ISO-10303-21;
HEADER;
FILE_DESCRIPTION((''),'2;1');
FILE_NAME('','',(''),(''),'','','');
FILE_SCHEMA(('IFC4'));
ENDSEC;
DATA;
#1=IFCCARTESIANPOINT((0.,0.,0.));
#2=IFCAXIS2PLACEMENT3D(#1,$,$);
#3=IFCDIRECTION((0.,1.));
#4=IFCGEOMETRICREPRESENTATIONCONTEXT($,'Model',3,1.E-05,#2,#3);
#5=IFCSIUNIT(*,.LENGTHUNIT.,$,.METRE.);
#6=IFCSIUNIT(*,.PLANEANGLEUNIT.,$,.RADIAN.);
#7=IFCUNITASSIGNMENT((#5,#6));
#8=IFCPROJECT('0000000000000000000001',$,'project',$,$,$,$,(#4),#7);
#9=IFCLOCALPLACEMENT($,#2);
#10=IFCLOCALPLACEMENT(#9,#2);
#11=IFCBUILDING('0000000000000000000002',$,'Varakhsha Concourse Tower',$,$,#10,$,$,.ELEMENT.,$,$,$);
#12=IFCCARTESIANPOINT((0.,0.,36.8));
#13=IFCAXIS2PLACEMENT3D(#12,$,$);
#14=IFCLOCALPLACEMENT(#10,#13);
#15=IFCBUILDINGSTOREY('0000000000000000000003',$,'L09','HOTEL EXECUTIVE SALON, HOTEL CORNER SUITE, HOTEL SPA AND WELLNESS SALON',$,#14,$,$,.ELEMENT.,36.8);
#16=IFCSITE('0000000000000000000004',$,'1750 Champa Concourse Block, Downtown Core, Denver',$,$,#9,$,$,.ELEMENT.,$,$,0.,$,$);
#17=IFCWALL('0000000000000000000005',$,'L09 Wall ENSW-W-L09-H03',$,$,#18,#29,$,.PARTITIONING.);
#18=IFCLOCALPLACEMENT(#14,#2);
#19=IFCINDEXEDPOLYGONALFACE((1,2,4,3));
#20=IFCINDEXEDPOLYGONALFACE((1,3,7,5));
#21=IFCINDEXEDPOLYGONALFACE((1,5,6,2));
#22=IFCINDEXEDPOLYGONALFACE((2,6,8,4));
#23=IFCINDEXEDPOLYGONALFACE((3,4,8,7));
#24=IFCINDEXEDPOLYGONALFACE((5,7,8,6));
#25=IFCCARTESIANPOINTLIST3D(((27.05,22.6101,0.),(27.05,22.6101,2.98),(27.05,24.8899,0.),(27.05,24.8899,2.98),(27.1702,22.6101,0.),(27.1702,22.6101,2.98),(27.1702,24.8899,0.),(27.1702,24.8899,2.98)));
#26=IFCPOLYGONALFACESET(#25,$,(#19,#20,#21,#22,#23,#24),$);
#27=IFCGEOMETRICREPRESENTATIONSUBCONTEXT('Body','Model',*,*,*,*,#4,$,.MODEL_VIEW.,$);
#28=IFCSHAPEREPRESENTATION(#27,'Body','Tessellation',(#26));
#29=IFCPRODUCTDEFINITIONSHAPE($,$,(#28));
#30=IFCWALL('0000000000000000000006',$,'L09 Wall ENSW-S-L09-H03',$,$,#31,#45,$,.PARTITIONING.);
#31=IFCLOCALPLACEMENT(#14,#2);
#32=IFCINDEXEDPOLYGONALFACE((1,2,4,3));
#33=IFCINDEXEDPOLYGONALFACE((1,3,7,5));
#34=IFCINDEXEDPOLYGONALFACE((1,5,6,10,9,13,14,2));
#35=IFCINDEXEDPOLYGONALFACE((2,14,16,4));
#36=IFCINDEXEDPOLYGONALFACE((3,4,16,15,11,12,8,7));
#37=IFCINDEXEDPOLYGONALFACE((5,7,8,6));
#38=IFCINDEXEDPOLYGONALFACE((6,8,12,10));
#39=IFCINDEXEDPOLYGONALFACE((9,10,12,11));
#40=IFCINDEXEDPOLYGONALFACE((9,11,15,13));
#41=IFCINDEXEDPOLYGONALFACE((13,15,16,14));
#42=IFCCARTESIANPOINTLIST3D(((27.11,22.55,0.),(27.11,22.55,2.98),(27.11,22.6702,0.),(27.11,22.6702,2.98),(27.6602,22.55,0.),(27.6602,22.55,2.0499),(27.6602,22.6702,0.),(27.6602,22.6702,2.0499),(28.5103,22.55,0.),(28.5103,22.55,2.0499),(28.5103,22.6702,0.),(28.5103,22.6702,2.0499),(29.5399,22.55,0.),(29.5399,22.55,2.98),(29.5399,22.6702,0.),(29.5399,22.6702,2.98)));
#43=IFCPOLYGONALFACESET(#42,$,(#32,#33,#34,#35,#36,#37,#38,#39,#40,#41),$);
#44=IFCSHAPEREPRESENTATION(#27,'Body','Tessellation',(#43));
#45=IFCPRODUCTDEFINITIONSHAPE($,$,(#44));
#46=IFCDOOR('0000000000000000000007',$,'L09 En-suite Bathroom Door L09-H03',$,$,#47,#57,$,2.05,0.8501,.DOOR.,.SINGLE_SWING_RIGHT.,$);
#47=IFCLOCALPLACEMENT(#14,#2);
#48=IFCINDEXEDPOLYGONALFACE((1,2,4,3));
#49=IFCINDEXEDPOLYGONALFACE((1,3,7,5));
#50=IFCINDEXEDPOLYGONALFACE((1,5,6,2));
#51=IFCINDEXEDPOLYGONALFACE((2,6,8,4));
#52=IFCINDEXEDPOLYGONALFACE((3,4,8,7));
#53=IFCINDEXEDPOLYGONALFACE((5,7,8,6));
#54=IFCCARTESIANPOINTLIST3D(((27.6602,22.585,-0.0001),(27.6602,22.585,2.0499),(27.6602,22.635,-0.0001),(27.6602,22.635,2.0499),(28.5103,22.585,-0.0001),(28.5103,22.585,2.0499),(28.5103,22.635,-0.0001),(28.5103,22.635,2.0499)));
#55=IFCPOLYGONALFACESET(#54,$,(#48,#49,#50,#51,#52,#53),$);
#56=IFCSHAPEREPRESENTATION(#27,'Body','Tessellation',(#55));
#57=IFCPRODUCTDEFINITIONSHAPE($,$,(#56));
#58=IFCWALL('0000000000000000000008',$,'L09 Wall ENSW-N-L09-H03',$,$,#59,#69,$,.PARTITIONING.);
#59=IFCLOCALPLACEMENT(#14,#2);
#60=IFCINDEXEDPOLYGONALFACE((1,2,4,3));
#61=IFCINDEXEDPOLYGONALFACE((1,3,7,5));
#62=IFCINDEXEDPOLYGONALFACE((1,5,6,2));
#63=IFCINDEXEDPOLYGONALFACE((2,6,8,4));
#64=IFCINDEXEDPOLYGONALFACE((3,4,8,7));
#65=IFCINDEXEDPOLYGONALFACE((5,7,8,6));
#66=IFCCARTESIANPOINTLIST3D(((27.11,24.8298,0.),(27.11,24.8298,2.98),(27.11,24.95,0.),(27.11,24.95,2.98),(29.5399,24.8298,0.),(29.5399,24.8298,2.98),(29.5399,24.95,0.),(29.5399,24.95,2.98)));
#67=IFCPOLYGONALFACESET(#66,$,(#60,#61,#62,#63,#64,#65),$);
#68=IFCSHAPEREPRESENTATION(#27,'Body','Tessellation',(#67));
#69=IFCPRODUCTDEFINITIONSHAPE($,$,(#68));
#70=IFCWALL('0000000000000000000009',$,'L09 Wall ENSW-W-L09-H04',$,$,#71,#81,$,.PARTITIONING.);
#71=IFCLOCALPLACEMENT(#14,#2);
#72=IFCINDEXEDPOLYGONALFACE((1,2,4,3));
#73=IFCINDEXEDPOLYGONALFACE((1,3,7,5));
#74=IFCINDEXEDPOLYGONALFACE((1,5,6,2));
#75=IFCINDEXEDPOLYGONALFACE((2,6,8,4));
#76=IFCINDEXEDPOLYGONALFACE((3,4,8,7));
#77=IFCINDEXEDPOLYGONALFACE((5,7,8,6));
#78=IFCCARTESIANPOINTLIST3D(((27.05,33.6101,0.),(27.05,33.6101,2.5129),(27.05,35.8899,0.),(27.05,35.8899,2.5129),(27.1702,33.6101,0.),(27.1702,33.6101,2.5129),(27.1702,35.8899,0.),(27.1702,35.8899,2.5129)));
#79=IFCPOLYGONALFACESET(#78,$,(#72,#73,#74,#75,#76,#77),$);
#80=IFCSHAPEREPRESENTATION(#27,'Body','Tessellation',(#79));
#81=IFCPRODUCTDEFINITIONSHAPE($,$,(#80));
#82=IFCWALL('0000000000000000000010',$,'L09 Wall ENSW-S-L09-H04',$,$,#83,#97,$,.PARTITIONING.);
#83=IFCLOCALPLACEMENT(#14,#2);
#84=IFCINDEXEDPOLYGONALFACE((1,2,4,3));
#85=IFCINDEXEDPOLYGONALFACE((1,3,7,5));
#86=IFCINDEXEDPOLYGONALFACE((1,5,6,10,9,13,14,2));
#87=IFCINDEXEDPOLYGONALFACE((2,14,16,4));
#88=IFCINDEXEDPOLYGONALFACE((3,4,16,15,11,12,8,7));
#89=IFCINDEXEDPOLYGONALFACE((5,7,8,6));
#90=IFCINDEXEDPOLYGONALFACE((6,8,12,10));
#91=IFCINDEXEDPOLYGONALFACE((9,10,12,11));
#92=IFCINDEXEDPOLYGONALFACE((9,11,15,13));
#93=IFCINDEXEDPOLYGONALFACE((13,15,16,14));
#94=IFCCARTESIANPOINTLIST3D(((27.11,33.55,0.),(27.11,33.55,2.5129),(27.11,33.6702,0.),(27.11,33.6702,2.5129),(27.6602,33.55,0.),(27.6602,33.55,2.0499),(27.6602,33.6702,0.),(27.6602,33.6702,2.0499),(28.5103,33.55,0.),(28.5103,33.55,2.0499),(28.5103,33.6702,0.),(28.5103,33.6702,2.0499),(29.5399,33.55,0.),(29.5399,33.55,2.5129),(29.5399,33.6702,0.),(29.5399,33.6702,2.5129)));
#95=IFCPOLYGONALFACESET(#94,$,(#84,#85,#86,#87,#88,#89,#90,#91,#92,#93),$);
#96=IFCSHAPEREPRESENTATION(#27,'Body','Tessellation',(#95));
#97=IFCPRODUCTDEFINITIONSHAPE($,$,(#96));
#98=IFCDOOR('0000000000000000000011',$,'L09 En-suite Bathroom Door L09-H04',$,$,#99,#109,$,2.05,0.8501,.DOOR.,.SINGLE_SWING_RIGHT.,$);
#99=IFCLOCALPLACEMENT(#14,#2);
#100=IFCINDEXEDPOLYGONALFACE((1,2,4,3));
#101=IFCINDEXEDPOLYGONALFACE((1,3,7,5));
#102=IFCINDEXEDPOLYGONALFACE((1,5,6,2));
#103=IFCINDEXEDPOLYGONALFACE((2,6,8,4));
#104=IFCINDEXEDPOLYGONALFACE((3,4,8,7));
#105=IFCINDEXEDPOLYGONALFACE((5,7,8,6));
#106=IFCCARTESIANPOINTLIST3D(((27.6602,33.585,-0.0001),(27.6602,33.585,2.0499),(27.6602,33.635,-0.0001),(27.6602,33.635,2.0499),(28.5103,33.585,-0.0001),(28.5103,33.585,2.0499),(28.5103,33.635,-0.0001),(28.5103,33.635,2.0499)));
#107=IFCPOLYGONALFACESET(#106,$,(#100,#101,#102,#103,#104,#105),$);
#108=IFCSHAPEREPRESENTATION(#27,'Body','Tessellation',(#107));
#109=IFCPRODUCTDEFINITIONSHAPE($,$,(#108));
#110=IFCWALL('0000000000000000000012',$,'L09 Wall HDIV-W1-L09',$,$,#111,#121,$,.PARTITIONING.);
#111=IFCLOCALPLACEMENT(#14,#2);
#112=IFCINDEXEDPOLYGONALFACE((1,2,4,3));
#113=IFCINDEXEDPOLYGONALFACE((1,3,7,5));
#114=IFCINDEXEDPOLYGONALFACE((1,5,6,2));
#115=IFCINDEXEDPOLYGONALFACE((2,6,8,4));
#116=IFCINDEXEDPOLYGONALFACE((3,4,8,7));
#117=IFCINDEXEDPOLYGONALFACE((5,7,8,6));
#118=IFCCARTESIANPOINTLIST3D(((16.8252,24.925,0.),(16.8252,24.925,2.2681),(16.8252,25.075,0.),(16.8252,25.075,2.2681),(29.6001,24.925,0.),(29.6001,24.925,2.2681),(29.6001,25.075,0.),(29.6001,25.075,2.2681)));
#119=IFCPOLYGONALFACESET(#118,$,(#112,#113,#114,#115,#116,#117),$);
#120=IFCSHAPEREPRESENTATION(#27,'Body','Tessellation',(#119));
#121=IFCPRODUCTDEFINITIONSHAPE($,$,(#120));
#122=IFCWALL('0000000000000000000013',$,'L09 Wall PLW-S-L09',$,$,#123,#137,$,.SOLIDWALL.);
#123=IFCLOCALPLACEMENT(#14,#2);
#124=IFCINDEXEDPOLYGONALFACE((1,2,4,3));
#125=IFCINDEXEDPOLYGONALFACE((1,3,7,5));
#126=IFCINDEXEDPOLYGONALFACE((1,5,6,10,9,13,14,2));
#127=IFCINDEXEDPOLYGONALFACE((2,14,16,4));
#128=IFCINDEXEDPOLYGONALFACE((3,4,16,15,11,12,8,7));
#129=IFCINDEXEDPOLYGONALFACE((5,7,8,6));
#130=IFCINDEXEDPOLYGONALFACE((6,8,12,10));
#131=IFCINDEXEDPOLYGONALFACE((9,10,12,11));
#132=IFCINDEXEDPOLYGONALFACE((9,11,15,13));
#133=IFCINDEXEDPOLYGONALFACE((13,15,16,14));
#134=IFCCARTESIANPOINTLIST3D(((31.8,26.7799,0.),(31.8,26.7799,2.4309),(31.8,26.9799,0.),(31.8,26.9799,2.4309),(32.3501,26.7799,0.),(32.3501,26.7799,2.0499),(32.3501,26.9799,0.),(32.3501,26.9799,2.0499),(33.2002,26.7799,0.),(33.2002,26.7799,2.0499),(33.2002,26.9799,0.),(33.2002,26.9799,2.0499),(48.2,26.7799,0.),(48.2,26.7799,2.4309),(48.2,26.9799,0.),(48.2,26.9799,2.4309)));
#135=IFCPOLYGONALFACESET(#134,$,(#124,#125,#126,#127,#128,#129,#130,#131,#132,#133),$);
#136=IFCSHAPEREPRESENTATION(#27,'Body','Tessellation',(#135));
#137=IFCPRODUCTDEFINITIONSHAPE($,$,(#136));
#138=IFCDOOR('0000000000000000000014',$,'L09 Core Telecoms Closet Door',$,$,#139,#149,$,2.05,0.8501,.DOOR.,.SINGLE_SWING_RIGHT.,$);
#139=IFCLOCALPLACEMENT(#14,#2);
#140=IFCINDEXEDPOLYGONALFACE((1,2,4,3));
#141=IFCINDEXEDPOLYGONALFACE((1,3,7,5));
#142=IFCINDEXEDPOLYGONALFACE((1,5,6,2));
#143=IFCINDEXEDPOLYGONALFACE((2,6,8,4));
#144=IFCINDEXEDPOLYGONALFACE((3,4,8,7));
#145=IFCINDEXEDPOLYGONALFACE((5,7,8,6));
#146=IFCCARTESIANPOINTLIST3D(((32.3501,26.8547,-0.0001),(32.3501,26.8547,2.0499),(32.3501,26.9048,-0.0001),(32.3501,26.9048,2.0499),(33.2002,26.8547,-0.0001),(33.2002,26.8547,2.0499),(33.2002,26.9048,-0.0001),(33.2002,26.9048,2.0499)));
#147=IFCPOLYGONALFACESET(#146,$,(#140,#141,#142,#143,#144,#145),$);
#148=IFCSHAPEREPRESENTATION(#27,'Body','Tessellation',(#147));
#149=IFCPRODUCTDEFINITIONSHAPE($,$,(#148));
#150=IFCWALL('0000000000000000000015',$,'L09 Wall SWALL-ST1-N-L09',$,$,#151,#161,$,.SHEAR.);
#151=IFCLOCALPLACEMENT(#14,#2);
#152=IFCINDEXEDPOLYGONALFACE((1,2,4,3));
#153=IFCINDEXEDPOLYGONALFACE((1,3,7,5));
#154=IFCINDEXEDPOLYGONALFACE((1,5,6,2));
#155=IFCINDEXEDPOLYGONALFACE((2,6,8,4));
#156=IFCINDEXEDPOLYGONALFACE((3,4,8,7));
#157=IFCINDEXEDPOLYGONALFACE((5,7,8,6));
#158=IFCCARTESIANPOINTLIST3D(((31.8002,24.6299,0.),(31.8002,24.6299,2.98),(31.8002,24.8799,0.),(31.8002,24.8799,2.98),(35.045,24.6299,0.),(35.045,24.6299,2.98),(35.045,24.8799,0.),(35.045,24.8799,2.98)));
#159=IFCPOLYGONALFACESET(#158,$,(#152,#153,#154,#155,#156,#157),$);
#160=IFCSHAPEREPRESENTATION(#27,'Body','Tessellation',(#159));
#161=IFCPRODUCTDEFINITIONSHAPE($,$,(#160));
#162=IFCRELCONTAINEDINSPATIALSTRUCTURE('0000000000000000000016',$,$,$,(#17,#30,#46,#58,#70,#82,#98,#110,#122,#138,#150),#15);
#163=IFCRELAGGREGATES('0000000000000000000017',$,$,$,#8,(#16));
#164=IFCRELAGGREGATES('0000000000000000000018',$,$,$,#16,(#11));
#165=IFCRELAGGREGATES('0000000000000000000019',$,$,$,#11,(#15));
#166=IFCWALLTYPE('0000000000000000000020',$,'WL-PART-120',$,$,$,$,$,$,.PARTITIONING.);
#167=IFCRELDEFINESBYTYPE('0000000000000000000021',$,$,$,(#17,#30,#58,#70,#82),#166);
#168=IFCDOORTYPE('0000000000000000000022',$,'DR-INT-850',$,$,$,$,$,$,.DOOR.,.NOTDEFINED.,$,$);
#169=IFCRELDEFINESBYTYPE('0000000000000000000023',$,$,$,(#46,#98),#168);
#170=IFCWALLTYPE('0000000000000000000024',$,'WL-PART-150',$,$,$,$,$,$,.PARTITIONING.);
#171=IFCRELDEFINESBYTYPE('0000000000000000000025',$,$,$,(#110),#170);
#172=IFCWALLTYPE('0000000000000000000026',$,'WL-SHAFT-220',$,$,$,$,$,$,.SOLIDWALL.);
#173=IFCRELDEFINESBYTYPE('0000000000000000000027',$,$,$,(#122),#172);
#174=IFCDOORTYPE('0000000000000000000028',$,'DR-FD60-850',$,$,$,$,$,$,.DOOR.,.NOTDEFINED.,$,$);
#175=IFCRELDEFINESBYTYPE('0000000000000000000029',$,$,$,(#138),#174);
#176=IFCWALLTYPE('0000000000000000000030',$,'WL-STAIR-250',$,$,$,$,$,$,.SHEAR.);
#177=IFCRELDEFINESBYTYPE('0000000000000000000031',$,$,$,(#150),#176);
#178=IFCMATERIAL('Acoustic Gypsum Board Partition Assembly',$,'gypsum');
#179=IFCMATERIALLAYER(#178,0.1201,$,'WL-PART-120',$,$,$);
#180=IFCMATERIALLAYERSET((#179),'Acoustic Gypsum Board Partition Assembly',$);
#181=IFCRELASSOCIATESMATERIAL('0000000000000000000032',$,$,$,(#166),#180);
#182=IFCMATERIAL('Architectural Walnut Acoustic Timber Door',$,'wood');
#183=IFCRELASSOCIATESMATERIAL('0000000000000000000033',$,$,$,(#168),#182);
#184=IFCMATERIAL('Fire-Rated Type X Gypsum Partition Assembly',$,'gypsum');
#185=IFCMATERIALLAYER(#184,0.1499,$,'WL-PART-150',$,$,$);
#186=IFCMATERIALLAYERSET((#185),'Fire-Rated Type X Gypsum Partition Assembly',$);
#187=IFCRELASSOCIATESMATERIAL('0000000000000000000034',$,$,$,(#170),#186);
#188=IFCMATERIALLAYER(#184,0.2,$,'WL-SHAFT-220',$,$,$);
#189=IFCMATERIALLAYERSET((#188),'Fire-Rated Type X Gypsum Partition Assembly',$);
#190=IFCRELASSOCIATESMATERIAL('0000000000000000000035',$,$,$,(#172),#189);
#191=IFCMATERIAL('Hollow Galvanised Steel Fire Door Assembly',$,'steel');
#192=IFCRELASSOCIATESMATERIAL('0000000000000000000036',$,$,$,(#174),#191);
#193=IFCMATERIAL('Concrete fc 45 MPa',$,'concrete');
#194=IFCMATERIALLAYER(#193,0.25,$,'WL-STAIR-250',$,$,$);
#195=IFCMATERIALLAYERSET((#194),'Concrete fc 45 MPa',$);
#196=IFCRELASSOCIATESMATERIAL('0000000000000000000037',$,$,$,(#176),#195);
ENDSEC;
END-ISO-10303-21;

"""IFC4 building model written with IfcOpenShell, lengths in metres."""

from ifc_helpers import new_model, si_unit, direction, frame, frame_2d, origin, place, context, subcontext, project, spatial, rectangle, extrude, material, layer, layer_set, type_object, element, fill, save


model = new_model("IFC4")

# Units and contexts
model_context = context("Model", 3, precision=1e-05, world=origin(), true_north=direction((0.0, 1.0)))
body_context = subcontext(model_context, "Body", "Model", "MODEL_VIEW")
ifc_project = project(units=[si_unit("LENGTHUNIT", "METRE"), si_unit("PLANEANGLEUNIT", "RADIAN")], contexts=[model_context])

# Site, building, storey
site_placement = place(None, origin())
site = spatial("IfcSite", under=ifc_project, at=site_placement, Name="1750 Champa Concourse Block, Downtown Core, Denver", CompositionType="ELEMENT", RefElevation=0.0)
building_placement = place(site_placement, origin())
building = spatial("IfcBuilding", under=site, at=building_placement, Name="Varakhsha Concourse Tower", CompositionType="ELEMENT")
storey_placement = place(building_placement, frame((0.0, 0.0, 36.8)))
storey = spatial("IfcBuildingStorey", under=building, at=storey_placement, Name="L09", Description="HOTEL EXECUTIVE SALON, HOTEL CORNER SUITE, HOTEL SPA AND WELLNESS SALON", CompositionType="ELEMENT", Elevation=36.8)

# Wall
ifc_material_1 = material(Name="Acoustic Gypsum Board Partition Assembly", Category="gypsum")
ifc_layer_1 = layer(ifc_material_1, 0.1201, Name="WL-PART-120")
ifc_layer_set_1 = layer_set([ifc_layer_1], Name="Acoustic Gypsum Board Partition Assembly")
wall_type_1 = type_object("IfcWallType", Name="WL-PART-120", PredefinedType="PARTITIONING", material=ifc_layer_set_1)
wall_1_placement = place(storey_placement, frame((27.1101, 22.6101, 0.0), z_axis=(0.0, 0.0, 1.0), x_axis=(0.0, 1.0, 0.0)))
element("IfcWall", 1, at=wall_1_placement, inside=storey, type_object=wall_type_1, Name="L09 Wall ENSW-W-L09-H03", PredefinedType="PARTITIONING", context=body_context, shape_type="SweptSolid", body=[
    extrude(rectangle(XDim=2.2798, YDim=0.1201, at=frame_2d((1.1399, 0.0))), origin(), (0.0, 0.0, 1.0), 2.98),
])

# Wall, opening, door
wall_2_placement = place(storey_placement, frame((27.1101, 22.6101, 0.0), z_axis=(0.0, 0.0, 1.0), x_axis=(1.0, 0.0, 0.0)))
wall_2 = element("IfcWall", 2, at=wall_2_placement, inside=storey, type_object=wall_type_1, Name="L09 Wall ENSW-S-L09-H03", PredefinedType="PARTITIONING", context=body_context, shape_type="SweptSolid", body=[
    extrude(rectangle(XDim=2.4299, YDim=0.1201, at=frame_2d((1.2148, 0.0))), origin(), (0.0, 0.0, 1.0), 2.98),
])
opening_1_placement = place(wall_2_placement, frame((0.55, 0.0, 0.0)))
opening_1 = element("IfcOpeningElement", 3, at=opening_1_placement, cuts=wall_2, PredefinedType="OPENING", context=body_context, shape_type="SweptSolid", body=[
    extrude(rectangle(XDim=0.8501, YDim=2.05, at=frame_2d((0.425, 1.0249))), frame((0.0, 0.0701, 0.0), z_axis=(0.0, -1.0, 0.0), x_axis=(1.0, 0.0, 0.0)), (0.0, 0.0, 1.0), 0.1401),
])
ifc_material_2 = material(Name="Architectural Walnut Acoustic Timber Door", Category="wood")
door_type_1 = type_object("IfcDoorType", Name="DR-INT-850", OperationType="NOTDEFINED", PredefinedType="DOOR", material=ifc_material_2)
door_1_placement = place(opening_1_placement, origin())
door_1 = element("IfcDoor", 4, at=door_1_placement, inside=storey, type_object=door_type_1, Name="L09 En-suite Bathroom Door L09-H03", OperationType="SINGLE_SWING_RIGHT", OverallHeight=2.05, OverallWidth=0.8501, PredefinedType="DOOR", context=body_context, shape_type="SweptSolid", body=[
    extrude(rectangle(XDim=0.8501, YDim=2.05, at=frame_2d((0.425, 1.0249))), frame((0.0, 0.0249, 0.0), z_axis=(0.0, -1.0, 0.0), x_axis=(1.0, 0.0, 0.0)), (0.0, 0.0, 1.0), 0.05),
])
fill(opening_1, door_1)

# Walls
wall_3_placement = place(storey_placement, frame((27.1101, 24.8899, 0.0), z_axis=(0.0, 0.0, 1.0), x_axis=(1.0, 0.0, 0.0)))
element("IfcWall", 5, at=wall_3_placement, inside=storey, type_object=wall_type_1, Name="L09 Wall ENSW-N-L09-H03", PredefinedType="PARTITIONING", context=body_context, shape_type="SweptSolid", body=[
    extrude(rectangle(XDim=2.4299, YDim=0.1201, at=frame_2d((1.2148, 0.0))), origin(), (0.0, 0.0, 1.0), 2.98),
])
wall_4_placement = place(storey_placement, frame((27.1101, 33.6101, 0.0), z_axis=(0.0, 0.0, 1.0), x_axis=(0.0, 1.0, 0.0)))
element("IfcWall", 6, at=wall_4_placement, inside=storey, type_object=wall_type_1, Name="L09 Wall ENSW-W-L09-H04", PredefinedType="PARTITIONING", context=body_context, shape_type="SweptSolid", body=[
    extrude(rectangle(XDim=2.2798, YDim=0.1201, at=frame_2d((1.1399, 0.0))), origin(), (0.0, 0.0, 1.0), 2.5129),
])

# Wall, opening, door
wall_5_placement = place(storey_placement, frame((27.1101, 33.6101, 0.0), z_axis=(0.0, 0.0, 1.0), x_axis=(1.0, 0.0, 0.0)))
wall_5 = element("IfcWall", 7, at=wall_5_placement, inside=storey, type_object=wall_type_1, Name="L09 Wall ENSW-S-L09-H04", PredefinedType="PARTITIONING", context=body_context, shape_type="SweptSolid", body=[
    extrude(rectangle(XDim=2.4299, YDim=0.1201, at=frame_2d((1.2148, 0.0))), origin(), (0.0, 0.0, 1.0), 2.5129),
])
opening_2_placement = place(wall_5_placement, frame((0.55, 0.0, 0.0)))
opening_2 = element("IfcOpeningElement", 8, at=opening_2_placement, cuts=wall_5, PredefinedType="OPENING", context=body_context, shape_type="SweptSolid", body=[
    extrude(rectangle(XDim=0.8501, YDim=2.05, at=frame_2d((0.425, 1.0249))), frame((0.0, 0.0701, 0.0), z_axis=(0.0, -1.0, 0.0), x_axis=(1.0, 0.0, 0.0)), (0.0, 0.0, 1.0), 0.1401),
])
door_2_placement = place(opening_2_placement, origin())
door_2 = element("IfcDoor", 9, at=door_2_placement, inside=storey, type_object=door_type_1, Name="L09 En-suite Bathroom Door L09-H04", OperationType="SINGLE_SWING_RIGHT", OverallHeight=2.05, OverallWidth=0.8501, PredefinedType="DOOR", context=body_context, shape_type="SweptSolid", body=[
    extrude(rectangle(XDim=0.8501, YDim=2.05, at=frame_2d((0.425, 1.0249))), frame((0.0, 0.0249, 0.0), z_axis=(0.0, -1.0, 0.0), x_axis=(1.0, 0.0, 0.0)), (0.0, 0.0, 1.0), 0.05),
])
fill(opening_2, door_2)

# Wall
ifc_material_3 = material(Name="Fire-Rated Type X Gypsum Partition Assembly", Category="gypsum")
ifc_layer_2 = layer(ifc_material_3, 0.1499, Name="WL-PART-150")
ifc_layer_set_2 = layer_set([ifc_layer_2], Name="Fire-Rated Type X Gypsum Partition Assembly")
wall_type_2 = type_object("IfcWallType", Name="WL-PART-150", PredefinedType="PARTITIONING", material=ifc_layer_set_2)
wall_6_placement = place(storey_placement, frame((16.8252, 25.0, 0.0), z_axis=(0.0, 0.0, 1.0), x_axis=(1.0, 0.0, 0.0)))
element("IfcWall", 10, at=wall_6_placement, inside=storey, type_object=wall_type_2, Name="L09 Wall HDIV-W1-L09", PredefinedType="PARTITIONING", context=body_context, shape_type="SweptSolid", body=[
    extrude(rectangle(XDim=12.7749, YDim=0.1499, at=frame_2d((6.3875, 0.0))), origin(), (0.0, 0.0, 1.0), 2.2681),
])

# Wall, opening, door
ifc_layer_3 = layer(ifc_material_3, 0.2, Name="WL-SHAFT-220")
ifc_layer_set_3 = layer_set([ifc_layer_3], Name="Fire-Rated Type X Gypsum Partition Assembly")
wall_type_3 = type_object("IfcWallType", Name="WL-SHAFT-220", PredefinedType="SOLIDWALL", material=ifc_layer_set_3)
wall_7_placement = place(storey_placement, frame((31.8, 26.8799, 0.0), z_axis=(0.0, 0.0, 1.0), x_axis=(1.0, 0.0, 0.0)))
wall_7 = element("IfcWall", 11, at=wall_7_placement, inside=storey, type_object=wall_type_3, Name="L09 Wall PLW-S-L09", PredefinedType="SOLIDWALL", context=body_context, shape_type="SweptSolid", body=[
    extrude(rectangle(XDim=16.3999, YDim=0.2, at=frame_2d((8.2, 0.0))), origin(), (0.0, 0.0, 1.0), 2.4309),
])
opening_3_placement = place(wall_7_placement, frame((0.55, 0.0, 0.0)))
opening_3 = element("IfcOpeningElement", 12, at=opening_3_placement, cuts=wall_7, PredefinedType="OPENING", context=body_context, shape_type="SweptSolid", body=[
    extrude(rectangle(XDim=0.8501, YDim=2.05, at=frame_2d((0.425, 1.0249))), frame((0.0, 0.1099, 0.0), z_axis=(0.0, -1.0, 0.0), x_axis=(1.0, 0.0, 0.0)), (0.0, 0.0, 1.0), 0.22),
])
ifc_material_4 = material(Name="Hollow Galvanised Steel Fire Door Assembly", Category="steel")
door_type_2 = type_object("IfcDoorType", Name="DR-FD60-850", OperationType="NOTDEFINED", PredefinedType="DOOR", material=ifc_material_4)
door_3_placement = place(opening_3_placement, origin())
door_3 = element("IfcDoor", 13, at=door_3_placement, inside=storey, type_object=door_type_2, Name="L09 Core Telecoms Closet Door", OperationType="SINGLE_SWING_RIGHT", OverallHeight=2.05, OverallWidth=0.8501, PredefinedType="DOOR", context=body_context, shape_type="SweptSolid", body=[
    extrude(rectangle(XDim=0.8501, YDim=2.05, at=frame_2d((0.425, 1.0249))), frame((0.0, 0.0249, 0.0), z_axis=(0.0, -1.0, 0.0), x_axis=(1.0, 0.0, 0.0)), (0.0, 0.0, 1.0), 0.05),
])
fill(opening_3, door_3)

# Wall
ifc_material_5 = material(Name="Concrete fc 45 MPa", Category="concrete")
ifc_layer_4 = layer(ifc_material_5, 0.25, Name="WL-STAIR-250")
ifc_layer_set_4 = layer_set([ifc_layer_4], Name="Concrete fc 45 MPa")
wall_type_4 = type_object("IfcWallType", Name="WL-STAIR-250", PredefinedType="SHEAR", material=ifc_layer_set_4)
wall_8_placement = place(storey_placement, frame((31.8, 24.7549, 0.0), z_axis=(0.0, 0.0, 1.0), x_axis=(1.0, 0.0, 0.0)))
element("IfcWall", 14, at=wall_8_placement, inside=storey, type_object=wall_type_4, Name="L09 Wall SWALL-ST1-N-L09", PredefinedType="SHEAR", context=body_context, shape_type="SweptSolid", body=[
    extrude(rectangle(XDim=3.2449, YDim=0.25, at=frame_2d((1.6226, 0.0))), origin(), (0.0, 0.0, 1.0), 2.98),
])

save(model, "model.ifc")
